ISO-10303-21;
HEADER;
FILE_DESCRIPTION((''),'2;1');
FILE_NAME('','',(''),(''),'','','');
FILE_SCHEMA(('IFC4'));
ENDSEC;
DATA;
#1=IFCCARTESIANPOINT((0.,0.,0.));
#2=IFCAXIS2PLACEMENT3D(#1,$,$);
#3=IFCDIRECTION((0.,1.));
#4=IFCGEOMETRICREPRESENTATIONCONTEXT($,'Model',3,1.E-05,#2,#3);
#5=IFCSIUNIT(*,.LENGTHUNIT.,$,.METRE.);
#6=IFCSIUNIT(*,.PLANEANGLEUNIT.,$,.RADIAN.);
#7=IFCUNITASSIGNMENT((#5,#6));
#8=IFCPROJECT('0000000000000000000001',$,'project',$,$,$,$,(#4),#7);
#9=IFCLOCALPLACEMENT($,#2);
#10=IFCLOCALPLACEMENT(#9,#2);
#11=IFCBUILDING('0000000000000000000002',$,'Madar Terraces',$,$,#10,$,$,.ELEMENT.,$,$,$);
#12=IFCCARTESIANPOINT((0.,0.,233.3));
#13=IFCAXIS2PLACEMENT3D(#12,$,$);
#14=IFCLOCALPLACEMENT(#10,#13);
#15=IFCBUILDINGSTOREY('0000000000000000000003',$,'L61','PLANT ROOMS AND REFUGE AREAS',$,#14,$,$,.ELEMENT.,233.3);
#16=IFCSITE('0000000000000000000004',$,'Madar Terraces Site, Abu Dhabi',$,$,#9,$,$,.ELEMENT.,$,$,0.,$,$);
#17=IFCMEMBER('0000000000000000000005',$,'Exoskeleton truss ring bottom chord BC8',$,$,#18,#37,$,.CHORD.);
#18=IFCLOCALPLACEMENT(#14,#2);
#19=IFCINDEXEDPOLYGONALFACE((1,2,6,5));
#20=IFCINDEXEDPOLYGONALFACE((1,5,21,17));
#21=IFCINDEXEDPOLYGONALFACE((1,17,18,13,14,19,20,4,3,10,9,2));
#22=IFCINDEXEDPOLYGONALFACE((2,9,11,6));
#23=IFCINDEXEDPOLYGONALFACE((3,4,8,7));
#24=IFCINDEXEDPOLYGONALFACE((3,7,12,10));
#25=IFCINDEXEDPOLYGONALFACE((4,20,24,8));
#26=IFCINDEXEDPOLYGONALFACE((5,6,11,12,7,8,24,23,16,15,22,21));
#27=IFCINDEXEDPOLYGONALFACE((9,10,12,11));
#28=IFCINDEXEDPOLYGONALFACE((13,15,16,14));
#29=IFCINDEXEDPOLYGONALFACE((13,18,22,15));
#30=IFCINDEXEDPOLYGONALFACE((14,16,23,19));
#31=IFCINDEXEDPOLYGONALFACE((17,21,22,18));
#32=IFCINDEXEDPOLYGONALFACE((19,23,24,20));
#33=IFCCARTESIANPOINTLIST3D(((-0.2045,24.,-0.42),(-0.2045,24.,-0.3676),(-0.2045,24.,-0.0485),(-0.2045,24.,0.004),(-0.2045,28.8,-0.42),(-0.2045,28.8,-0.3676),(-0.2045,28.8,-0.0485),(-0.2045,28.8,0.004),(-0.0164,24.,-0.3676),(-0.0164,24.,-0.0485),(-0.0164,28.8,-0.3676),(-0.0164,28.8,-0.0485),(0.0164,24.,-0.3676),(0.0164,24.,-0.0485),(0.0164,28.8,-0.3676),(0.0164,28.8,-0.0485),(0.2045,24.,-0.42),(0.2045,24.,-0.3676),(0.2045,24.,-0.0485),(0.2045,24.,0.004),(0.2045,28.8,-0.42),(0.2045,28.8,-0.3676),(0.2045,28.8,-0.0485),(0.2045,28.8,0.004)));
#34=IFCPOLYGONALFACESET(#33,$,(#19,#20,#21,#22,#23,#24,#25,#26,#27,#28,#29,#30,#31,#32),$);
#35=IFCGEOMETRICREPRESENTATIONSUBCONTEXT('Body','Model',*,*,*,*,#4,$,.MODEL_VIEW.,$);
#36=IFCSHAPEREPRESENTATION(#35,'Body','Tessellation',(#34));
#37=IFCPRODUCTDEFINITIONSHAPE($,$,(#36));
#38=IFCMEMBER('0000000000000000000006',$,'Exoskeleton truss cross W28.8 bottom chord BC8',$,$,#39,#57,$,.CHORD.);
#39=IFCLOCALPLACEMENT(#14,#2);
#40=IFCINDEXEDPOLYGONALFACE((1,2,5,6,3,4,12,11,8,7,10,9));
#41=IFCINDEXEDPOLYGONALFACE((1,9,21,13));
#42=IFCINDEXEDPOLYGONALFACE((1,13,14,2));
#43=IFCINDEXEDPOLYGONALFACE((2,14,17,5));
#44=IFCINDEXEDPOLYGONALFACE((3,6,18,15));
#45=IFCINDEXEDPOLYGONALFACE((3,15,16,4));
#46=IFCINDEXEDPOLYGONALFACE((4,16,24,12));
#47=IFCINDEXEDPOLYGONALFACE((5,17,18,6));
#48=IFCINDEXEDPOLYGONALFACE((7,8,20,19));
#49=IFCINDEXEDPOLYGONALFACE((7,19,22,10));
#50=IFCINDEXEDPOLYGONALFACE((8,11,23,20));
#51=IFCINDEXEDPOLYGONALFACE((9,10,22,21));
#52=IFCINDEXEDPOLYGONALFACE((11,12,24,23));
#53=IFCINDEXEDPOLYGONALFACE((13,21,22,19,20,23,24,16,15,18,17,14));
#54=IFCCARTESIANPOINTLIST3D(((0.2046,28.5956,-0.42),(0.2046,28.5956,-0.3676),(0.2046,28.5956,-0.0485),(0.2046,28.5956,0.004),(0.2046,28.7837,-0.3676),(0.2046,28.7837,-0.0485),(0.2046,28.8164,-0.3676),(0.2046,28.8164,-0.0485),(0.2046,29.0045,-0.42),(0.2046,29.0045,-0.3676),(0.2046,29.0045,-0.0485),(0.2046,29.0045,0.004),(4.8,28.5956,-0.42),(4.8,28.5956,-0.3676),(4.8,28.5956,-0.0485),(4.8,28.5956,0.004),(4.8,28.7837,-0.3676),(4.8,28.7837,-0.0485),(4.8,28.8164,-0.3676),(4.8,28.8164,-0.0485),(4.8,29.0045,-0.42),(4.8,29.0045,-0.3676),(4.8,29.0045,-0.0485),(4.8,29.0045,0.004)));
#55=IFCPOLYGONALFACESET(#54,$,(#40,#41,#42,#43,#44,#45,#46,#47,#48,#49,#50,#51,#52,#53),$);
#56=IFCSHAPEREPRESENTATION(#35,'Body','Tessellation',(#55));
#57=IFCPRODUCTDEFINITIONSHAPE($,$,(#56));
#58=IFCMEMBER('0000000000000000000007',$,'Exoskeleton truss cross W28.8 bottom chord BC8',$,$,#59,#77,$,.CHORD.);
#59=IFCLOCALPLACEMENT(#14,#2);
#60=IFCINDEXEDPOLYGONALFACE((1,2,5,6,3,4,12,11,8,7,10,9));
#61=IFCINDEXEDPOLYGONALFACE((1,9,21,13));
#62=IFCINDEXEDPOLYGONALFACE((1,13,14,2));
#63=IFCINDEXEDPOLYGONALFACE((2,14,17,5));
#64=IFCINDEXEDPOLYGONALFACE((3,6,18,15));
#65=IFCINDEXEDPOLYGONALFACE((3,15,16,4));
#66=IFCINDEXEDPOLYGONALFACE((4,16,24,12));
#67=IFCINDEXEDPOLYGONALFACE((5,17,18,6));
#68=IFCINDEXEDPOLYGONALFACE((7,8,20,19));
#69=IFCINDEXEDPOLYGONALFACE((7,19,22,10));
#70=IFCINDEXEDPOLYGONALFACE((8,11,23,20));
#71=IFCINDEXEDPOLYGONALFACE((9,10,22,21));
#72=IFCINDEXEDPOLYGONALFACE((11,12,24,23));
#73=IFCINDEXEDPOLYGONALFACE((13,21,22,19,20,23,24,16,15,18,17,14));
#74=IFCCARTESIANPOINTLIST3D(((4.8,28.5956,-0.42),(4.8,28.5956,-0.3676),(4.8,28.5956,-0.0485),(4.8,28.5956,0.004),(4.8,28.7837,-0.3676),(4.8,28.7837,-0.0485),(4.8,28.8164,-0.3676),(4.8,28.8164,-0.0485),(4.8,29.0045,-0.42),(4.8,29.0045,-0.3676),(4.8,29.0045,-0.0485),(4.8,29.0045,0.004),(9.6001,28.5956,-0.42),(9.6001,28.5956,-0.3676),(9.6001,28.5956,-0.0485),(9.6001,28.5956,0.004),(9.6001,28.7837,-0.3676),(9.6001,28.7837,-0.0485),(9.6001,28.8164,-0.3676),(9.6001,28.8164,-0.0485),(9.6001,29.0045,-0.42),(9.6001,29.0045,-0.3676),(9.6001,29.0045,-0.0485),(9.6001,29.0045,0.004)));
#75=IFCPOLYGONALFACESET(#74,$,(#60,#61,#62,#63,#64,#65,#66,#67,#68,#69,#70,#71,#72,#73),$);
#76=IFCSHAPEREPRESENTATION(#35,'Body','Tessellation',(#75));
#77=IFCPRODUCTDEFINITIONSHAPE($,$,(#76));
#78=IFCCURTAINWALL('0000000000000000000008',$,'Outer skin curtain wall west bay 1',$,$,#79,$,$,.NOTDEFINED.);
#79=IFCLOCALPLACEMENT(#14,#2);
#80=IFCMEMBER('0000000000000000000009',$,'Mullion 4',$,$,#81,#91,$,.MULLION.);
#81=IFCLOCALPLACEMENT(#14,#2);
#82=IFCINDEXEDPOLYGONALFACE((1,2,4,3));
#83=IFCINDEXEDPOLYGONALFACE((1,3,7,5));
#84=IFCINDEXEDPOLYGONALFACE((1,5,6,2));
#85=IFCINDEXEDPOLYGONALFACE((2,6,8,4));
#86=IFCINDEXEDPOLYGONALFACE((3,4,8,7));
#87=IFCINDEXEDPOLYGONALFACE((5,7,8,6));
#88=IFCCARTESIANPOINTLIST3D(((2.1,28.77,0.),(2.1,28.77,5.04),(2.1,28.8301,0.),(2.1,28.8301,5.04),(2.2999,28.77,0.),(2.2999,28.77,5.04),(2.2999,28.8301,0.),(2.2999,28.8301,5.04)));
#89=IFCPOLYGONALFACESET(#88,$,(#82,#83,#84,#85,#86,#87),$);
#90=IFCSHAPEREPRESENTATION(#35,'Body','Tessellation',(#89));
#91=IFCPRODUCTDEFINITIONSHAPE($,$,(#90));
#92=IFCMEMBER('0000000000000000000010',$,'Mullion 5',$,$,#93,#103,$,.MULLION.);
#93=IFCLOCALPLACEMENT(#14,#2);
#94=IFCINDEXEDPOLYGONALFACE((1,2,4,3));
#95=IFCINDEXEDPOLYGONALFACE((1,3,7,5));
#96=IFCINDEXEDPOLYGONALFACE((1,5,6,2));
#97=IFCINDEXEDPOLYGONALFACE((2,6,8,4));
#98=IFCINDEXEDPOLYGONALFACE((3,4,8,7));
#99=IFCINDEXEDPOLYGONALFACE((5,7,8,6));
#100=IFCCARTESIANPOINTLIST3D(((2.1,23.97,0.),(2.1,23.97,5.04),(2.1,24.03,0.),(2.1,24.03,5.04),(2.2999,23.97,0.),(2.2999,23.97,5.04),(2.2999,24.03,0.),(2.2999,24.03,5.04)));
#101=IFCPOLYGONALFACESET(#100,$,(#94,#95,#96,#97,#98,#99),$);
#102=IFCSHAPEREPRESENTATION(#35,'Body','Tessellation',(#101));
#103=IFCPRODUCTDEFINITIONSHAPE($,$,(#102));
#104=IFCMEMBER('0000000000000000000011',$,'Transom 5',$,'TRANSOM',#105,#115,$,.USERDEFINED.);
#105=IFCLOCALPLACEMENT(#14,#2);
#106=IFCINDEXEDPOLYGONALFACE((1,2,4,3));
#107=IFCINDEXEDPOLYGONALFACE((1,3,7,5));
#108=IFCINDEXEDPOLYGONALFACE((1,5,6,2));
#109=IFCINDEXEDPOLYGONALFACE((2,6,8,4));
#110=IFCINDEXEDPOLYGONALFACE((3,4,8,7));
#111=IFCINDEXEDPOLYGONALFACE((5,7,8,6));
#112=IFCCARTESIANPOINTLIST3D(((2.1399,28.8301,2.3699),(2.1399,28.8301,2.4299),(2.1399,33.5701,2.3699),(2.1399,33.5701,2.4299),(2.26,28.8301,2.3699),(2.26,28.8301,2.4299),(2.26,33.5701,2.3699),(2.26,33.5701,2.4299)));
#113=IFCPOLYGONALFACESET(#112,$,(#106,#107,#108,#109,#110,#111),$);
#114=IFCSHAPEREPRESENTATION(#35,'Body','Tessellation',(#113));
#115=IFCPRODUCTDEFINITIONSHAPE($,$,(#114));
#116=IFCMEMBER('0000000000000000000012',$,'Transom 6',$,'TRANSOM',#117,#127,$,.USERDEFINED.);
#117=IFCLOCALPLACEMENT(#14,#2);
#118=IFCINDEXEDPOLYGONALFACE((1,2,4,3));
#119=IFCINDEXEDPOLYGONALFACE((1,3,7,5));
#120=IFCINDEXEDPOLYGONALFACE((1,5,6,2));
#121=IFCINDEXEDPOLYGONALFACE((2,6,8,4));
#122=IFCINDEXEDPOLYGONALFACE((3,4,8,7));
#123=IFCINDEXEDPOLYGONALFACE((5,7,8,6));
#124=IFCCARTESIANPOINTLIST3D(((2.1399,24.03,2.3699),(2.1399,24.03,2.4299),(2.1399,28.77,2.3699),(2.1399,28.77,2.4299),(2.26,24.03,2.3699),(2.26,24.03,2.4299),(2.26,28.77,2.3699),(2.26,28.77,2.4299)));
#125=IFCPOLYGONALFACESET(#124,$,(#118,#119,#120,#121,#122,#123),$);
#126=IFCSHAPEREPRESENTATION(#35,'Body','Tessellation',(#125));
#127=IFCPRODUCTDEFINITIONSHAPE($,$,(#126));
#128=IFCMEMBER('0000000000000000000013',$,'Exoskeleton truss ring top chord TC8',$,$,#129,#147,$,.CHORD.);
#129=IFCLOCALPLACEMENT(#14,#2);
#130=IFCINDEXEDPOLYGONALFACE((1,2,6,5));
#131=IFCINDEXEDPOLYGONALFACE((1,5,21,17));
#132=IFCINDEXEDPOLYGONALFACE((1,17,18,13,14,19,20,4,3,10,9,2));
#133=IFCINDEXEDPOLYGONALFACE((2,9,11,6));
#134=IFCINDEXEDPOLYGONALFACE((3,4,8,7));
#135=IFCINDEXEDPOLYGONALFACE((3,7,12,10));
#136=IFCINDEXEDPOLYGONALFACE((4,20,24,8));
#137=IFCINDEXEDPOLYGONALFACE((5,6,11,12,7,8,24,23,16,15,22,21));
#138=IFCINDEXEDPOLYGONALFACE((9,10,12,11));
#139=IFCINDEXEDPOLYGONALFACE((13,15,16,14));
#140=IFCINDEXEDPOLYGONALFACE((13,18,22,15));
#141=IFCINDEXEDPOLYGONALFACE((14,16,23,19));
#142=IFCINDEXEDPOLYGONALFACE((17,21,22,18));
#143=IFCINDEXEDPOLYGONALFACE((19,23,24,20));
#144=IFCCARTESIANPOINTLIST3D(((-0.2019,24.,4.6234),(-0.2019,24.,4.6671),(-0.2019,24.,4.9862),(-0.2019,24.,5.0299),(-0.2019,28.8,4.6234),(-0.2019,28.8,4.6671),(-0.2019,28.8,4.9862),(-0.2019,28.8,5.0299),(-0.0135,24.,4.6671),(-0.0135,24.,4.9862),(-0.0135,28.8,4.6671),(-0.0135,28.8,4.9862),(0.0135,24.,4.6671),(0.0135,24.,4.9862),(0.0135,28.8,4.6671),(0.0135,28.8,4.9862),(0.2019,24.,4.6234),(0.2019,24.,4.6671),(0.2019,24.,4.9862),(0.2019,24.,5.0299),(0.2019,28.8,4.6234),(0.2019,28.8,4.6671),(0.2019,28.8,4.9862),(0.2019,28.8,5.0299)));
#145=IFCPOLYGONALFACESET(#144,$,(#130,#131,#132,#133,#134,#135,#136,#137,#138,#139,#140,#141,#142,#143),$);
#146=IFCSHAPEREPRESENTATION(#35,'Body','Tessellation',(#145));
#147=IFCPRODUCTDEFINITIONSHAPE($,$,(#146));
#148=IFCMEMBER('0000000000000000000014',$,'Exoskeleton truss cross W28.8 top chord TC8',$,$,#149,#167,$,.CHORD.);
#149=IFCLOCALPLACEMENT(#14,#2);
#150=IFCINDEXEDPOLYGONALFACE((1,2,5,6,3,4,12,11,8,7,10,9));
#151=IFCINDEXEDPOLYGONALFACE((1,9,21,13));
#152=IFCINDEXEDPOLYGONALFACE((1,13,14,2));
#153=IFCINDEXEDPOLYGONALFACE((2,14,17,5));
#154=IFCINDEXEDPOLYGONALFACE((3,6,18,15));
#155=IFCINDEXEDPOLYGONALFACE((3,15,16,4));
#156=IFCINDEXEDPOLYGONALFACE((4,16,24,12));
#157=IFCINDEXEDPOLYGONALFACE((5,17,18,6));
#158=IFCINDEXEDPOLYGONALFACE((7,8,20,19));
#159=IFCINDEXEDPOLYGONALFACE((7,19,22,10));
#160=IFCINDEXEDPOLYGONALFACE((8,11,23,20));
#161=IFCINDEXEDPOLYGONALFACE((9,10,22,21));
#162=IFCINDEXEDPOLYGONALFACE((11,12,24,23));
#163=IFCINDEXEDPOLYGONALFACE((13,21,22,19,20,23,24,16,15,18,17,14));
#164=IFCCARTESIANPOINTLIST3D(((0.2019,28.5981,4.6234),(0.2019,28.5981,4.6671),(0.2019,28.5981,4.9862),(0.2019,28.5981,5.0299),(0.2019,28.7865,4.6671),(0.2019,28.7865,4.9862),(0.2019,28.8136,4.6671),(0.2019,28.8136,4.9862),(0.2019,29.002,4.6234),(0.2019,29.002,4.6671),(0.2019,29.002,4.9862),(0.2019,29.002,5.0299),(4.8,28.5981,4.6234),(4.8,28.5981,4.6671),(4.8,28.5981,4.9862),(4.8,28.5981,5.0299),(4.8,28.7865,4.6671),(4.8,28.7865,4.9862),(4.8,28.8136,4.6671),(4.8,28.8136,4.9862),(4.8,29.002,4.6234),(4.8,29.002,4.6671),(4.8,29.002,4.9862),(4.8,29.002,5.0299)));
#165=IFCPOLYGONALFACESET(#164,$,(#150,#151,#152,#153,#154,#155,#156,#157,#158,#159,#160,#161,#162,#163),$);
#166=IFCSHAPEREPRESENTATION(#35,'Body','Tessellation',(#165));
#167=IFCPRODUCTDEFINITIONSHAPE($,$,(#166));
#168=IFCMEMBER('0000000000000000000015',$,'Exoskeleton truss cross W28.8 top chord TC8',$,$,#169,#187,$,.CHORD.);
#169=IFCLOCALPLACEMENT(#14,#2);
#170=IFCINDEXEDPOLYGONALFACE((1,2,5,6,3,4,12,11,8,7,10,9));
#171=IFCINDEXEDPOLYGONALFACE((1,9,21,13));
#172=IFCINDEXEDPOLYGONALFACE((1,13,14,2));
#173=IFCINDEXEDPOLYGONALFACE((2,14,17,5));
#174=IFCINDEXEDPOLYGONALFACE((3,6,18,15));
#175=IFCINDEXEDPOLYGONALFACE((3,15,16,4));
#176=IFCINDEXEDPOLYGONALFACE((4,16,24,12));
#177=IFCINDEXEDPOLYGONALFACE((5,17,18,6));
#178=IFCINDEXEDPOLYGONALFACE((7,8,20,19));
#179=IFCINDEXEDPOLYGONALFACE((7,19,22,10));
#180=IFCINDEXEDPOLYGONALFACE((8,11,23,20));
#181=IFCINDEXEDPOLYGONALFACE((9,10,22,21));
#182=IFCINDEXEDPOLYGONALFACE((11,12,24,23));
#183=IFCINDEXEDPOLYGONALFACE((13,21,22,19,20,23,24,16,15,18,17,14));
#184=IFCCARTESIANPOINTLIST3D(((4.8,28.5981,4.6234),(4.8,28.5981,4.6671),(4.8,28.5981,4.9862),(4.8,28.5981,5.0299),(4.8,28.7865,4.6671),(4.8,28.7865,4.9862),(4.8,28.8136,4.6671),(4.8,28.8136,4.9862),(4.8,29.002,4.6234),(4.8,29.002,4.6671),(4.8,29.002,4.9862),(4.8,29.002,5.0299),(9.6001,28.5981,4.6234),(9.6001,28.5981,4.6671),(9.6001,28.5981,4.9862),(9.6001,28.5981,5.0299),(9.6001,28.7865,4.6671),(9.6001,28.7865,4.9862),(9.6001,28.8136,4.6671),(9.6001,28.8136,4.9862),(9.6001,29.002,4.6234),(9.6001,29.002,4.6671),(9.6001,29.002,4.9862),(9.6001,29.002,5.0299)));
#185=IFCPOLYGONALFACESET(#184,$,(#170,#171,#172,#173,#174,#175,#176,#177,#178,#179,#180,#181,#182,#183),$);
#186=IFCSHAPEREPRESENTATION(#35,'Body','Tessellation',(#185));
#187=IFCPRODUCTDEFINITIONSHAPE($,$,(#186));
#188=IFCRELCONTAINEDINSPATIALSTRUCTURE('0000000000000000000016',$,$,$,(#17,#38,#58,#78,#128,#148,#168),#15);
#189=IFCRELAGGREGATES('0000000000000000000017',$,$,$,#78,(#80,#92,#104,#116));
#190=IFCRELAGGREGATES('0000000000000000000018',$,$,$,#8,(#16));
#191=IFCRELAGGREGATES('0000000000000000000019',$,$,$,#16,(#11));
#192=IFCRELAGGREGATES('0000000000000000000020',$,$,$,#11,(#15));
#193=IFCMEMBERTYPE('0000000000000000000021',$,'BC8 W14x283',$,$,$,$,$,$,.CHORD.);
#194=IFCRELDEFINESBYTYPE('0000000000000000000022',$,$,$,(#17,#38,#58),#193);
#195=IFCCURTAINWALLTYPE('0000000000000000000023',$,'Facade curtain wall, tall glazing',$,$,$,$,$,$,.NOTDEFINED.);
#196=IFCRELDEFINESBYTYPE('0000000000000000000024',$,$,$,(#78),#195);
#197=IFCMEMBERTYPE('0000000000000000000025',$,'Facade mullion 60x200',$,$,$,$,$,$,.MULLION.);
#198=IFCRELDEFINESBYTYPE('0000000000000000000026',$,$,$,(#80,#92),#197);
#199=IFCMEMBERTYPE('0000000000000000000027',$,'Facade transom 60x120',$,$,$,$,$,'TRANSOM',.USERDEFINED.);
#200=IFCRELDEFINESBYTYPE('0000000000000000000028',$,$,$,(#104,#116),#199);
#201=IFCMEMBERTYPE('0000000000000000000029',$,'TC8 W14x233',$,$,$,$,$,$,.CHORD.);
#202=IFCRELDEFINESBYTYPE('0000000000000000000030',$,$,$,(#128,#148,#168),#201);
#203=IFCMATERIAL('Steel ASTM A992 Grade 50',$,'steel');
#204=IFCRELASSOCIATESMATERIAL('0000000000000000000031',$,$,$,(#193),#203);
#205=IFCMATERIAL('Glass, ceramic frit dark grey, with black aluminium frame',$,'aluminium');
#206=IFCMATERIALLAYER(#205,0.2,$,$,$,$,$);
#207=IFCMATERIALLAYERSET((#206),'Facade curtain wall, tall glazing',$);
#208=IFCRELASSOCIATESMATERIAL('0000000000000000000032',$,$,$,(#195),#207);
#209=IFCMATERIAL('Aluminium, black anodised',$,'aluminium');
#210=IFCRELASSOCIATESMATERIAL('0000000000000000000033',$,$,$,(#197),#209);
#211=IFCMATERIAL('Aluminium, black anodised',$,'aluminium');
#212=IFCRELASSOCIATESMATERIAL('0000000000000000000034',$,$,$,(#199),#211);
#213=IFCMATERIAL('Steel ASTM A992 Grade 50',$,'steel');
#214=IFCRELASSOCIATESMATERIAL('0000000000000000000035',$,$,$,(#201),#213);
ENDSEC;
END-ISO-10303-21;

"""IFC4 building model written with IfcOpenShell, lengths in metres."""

from ifc_helpers import new_model, si_unit, direction, frame, origin, origin_2d, place, context, subcontext, project, spatial, rectangle, i_section, extrude, material, layer, layer_set, material_profile, profile_set, type_object, element, aggregate, save


model = new_model("IFC4")

# Units and contexts
model_context = context("Model", 3, precision=1e-05, world=origin(), true_north=direction((0.0, 1.0)))
body_context = subcontext(model_context, "Body", "Model", "MODEL_VIEW")
ifc_project = project(units=[si_unit("LENGTHUNIT", "METRE"), si_unit("PLANEANGLEUNIT", "RADIAN")], contexts=[model_context])

# Site, building, storey
site_placement = place(None, origin())
site = spatial("IfcSite", under=ifc_project, at=site_placement, Name="Madar Terraces Site, Abu Dhabi", CompositionType="ELEMENT", RefElevation=0.0)
building_placement = place(site_placement, origin())
building = spatial("IfcBuilding", under=site, at=building_placement, Name="Madar Terraces", CompositionType="ELEMENT")
storey_placement = place(building_placement, frame((0.0, 0.0, 233.3)))
storey = spatial("IfcBuildingStorey", under=building, at=storey_placement, Name="L61", Description="PLANT ROOMS AND REFUGE AREAS", CompositionType="ELEMENT", Elevation=233.3)

# Members
ifc_material_1 = material(Name="Steel ASTM A992 Grade 50", Category="steel")
ifc_material_profile_1 = material_profile(ifc_material_1, i_section(OverallWidth=0.4089, OverallDepth=0.4241, WebThickness=0.0327, FlangeThickness=0.0525, at=origin_2d()), Name="W14x283")
ifc_profile_set_1 = profile_set([ifc_material_profile_1], Name="Steel ASTM A992 Grade 50")
member_type_1 = type_object("IfcMemberType", Name="BC8 W14x283", PredefinedType="CHORD", material=ifc_profile_set_1)
member_1_placement = place(storey_placement, frame((0.0, 28.8, -0.208), z_axis=(0.0, -1.0, 0.0), x_axis=(1.0, 0.0, 0.0)))
element("IfcMember", 1, at=member_1_placement, inside=storey, type_object=member_type_1, Name="Exoskeleton truss ring bottom chord BC8", PredefinedType="CHORD", context=body_context, shape_type="SweptSolid", body=[
    extrude(i_section(OverallWidth=0.4089, OverallDepth=0.4241, WebThickness=0.0327, FlangeThickness=0.0525, at=origin_2d()), origin(), (0.0, 0.0, 1.0), 4.8),
])
member_2_placement = place(storey_placement, frame((0.2046, 28.8, -0.208), z_axis=(1.0, 0.0, 0.0), x_axis=(0.0, 1.0, 0.0)))
element("IfcMember", 2, at=member_2_placement, inside=storey, type_object=member_type_1, Name="Exoskeleton truss cross W28.8 bottom chord BC8", PredefinedType="CHORD", context=body_context, shape_type="SweptSolid", body=[
    extrude(i_section(OverallWidth=0.4089, OverallDepth=0.4241, WebThickness=0.0327, FlangeThickness=0.0525, at=origin_2d()), origin(), (0.0, 0.0, 1.0), 4.5955),
])
member_3_placement = place(storey_placement, frame((4.8, 28.8, -0.208), z_axis=(1.0, 0.0, 0.0), x_axis=(0.0, 1.0, 0.0)))
element("IfcMember", 3, at=member_3_placement, inside=storey, type_object=member_type_1, Name="Exoskeleton truss cross W28.8 bottom chord BC8", PredefinedType="CHORD", context=body_context, shape_type="SweptSolid", body=[
    extrude(i_section(OverallWidth=0.4089, OverallDepth=0.4241, WebThickness=0.0327, FlangeThickness=0.0525, at=origin_2d()), origin(), (0.0, 0.0, 1.0), 4.8),
])

# Curtain wall, members
ifc_material_2 = material(Name="Glass, ceramic frit dark grey, with black aluminium frame", Category="aluminium")
ifc_layer_1 = layer(ifc_material_2, 0.2)
ifc_layer_set_1 = layer_set([ifc_layer_1], Name="Facade curtain wall, tall glazing")
curtain_wall_type = type_object("IfcCurtainWallType", Name="Facade curtain wall, tall glazing", PredefinedType="NOTDEFINED", material=ifc_layer_set_1)
curtain_wall_placement = place(storey_placement, origin())
curtain_wall = element("IfcCurtainWall", 4, at=curtain_wall_placement, inside=storey, type_object=curtain_wall_type, Name="Outer skin curtain wall west bay 1", PredefinedType="NOTDEFINED")
ifc_material_3 = material(Name="Aluminium, black anodised", Category="aluminium")
ifc_material_profile_2 = material_profile(ifc_material_3, rectangle(XDim=0.2, YDim=0.0601, at=origin_2d()), Name="Facade mullion 60x200")
ifc_profile_set_2 = profile_set([ifc_material_profile_2], Name="Aluminium, black anodised")
member_type_2 = type_object("IfcMemberType", Name="Facade mullion 60x200", PredefinedType="MULLION", material=ifc_profile_set_2)
member_4_placement = place(storey_placement, frame((2.2, 28.8, 0.0), z_axis=(0.0, 0.0, 1.0), x_axis=(1.0, 0.0, 0.0)))
member_4 = element("IfcMember", 5, at=member_4_placement, type_object=member_type_2, Name="Mullion 4", PredefinedType="MULLION", context=body_context, shape_type="SweptSolid", body=[
    extrude(rectangle(XDim=0.2, YDim=0.0601, at=origin_2d()), origin(), (0.0, 0.0, 1.0), 5.04),
])
member_5_placement = place(storey_placement, frame((2.2, 24.0, 0.0), z_axis=(0.0, 0.0, 1.0), x_axis=(1.0, 0.0, 0.0)))
member_5 = element("IfcMember", 6, at=member_5_placement, type_object=member_type_2, Name="Mullion 5", PredefinedType="MULLION", context=body_context, shape_type="SweptSolid", body=[
    extrude(rectangle(XDim=0.2, YDim=0.0601, at=origin_2d()), origin(), (0.0, 0.0, 1.0), 5.04),
])
ifc_material_4 = material(Name="Aluminium, black anodised", Category="aluminium")
ifc_material_profile_3 = material_profile(ifc_material_4, rectangle(XDim=0.1201, YDim=0.0601, at=origin_2d()), Name="Facade transom 60x120")
ifc_profile_set_3 = profile_set([ifc_material_profile_3], Name="Aluminium, black anodised")
member_type_3 = type_object("IfcMemberType", Name="Facade transom 60x120", ElementType="TRANSOM", PredefinedType="USERDEFINED", material=ifc_profile_set_3)
member_6_placement = place(storey_placement, frame((2.2, 33.5701, 2.3999), z_axis=(0.0, -1.0, 0.0), x_axis=(1.0, 0.0, 0.0)))
member_6 = element("IfcMember", 7, at=member_6_placement, type_object=member_type_3, Name="Transom 5", ObjectType="TRANSOM", PredefinedType="USERDEFINED", context=body_context, shape_type="SweptSolid", body=[
    extrude(rectangle(XDim=0.1201, YDim=0.0601, at=origin_2d()), origin(), (0.0, 0.0, 1.0), 4.74),
])
member_7_placement = place(storey_placement, frame((2.2, 28.77, 2.3999), z_axis=(0.0, -1.0, 0.0), x_axis=(1.0, 0.0, 0.0)))
member_7 = element("IfcMember", 8, at=member_7_placement, type_object=member_type_3, Name="Transom 6", ObjectType="TRANSOM", PredefinedType="USERDEFINED", context=body_context, shape_type="SweptSolid", body=[
    extrude(rectangle(XDim=0.1201, YDim=0.0601, at=origin_2d()), origin(), (0.0, 0.0, 1.0), 4.74),
])

# Members
ifc_material_5 = material(Name="Steel ASTM A992 Grade 50", Category="steel")
ifc_material_profile_4 = material_profile(ifc_material_5, i_section(OverallWidth=0.4038, OverallDepth=0.4065, WebThickness=0.0271, FlangeThickness=0.0437, at=origin_2d()), Name="W14x233")
ifc_profile_set_4 = profile_set([ifc_material_profile_4], Name="Steel ASTM A992 Grade 50")
member_type_4 = type_object("IfcMemberType", Name="TC8 W14x233", PredefinedType="CHORD", material=ifc_profile_set_4)
member_8_placement = place(storey_placement, frame((0.0, 28.8, 4.8267), z_axis=(0.0, -1.0, 0.0), x_axis=(1.0, 0.0, 0.0)))
element("IfcMember", 9, at=member_8_placement, inside=storey, type_object=member_type_4, Name="Exoskeleton truss ring top chord TC8", PredefinedType="CHORD", context=body_context, shape_type="SweptSolid", body=[
    extrude(i_section(OverallWidth=0.4038, OverallDepth=0.4065, WebThickness=0.0271, FlangeThickness=0.0437, at=origin_2d()), origin(), (0.0, 0.0, 1.0), 4.8),
])
member_9_placement = place(storey_placement, frame((0.2019, 28.8, 4.8267), z_axis=(1.0, 0.0, 0.0), x_axis=(0.0, 1.0, 0.0)))
element("IfcMember", 10, at=member_9_placement, inside=storey, type_object=member_type_4, Name="Exoskeleton truss cross W28.8 top chord TC8", PredefinedType="CHORD", context=body_context, shape_type="SweptSolid", body=[
    extrude(i_section(OverallWidth=0.4038, OverallDepth=0.4065, WebThickness=0.0271, FlangeThickness=0.0437, at=origin_2d()), origin(), (0.0, 0.0, 1.0), 4.5981),
])
member_10_placement = place(storey_placement, frame((4.8, 28.8, 4.8267), z_axis=(1.0, 0.0, 0.0), x_axis=(0.0, 1.0, 0.0)))
element("IfcMember", 11, at=member_10_placement, inside=storey, type_object=member_type_4, Name="Exoskeleton truss cross W28.8 top chord TC8", PredefinedType="CHORD", context=body_context, shape_type="SweptSolid", body=[
    extrude(i_section(OverallWidth=0.4038, OverallDepth=0.4065, WebThickness=0.0271, FlangeThickness=0.0437, at=origin_2d()), origin(), (0.0, 0.0, 1.0), 4.8),
])

aggregate(curtain_wall, [member_4, member_5, member_6, member_7])

save(model, "model.ifc")
